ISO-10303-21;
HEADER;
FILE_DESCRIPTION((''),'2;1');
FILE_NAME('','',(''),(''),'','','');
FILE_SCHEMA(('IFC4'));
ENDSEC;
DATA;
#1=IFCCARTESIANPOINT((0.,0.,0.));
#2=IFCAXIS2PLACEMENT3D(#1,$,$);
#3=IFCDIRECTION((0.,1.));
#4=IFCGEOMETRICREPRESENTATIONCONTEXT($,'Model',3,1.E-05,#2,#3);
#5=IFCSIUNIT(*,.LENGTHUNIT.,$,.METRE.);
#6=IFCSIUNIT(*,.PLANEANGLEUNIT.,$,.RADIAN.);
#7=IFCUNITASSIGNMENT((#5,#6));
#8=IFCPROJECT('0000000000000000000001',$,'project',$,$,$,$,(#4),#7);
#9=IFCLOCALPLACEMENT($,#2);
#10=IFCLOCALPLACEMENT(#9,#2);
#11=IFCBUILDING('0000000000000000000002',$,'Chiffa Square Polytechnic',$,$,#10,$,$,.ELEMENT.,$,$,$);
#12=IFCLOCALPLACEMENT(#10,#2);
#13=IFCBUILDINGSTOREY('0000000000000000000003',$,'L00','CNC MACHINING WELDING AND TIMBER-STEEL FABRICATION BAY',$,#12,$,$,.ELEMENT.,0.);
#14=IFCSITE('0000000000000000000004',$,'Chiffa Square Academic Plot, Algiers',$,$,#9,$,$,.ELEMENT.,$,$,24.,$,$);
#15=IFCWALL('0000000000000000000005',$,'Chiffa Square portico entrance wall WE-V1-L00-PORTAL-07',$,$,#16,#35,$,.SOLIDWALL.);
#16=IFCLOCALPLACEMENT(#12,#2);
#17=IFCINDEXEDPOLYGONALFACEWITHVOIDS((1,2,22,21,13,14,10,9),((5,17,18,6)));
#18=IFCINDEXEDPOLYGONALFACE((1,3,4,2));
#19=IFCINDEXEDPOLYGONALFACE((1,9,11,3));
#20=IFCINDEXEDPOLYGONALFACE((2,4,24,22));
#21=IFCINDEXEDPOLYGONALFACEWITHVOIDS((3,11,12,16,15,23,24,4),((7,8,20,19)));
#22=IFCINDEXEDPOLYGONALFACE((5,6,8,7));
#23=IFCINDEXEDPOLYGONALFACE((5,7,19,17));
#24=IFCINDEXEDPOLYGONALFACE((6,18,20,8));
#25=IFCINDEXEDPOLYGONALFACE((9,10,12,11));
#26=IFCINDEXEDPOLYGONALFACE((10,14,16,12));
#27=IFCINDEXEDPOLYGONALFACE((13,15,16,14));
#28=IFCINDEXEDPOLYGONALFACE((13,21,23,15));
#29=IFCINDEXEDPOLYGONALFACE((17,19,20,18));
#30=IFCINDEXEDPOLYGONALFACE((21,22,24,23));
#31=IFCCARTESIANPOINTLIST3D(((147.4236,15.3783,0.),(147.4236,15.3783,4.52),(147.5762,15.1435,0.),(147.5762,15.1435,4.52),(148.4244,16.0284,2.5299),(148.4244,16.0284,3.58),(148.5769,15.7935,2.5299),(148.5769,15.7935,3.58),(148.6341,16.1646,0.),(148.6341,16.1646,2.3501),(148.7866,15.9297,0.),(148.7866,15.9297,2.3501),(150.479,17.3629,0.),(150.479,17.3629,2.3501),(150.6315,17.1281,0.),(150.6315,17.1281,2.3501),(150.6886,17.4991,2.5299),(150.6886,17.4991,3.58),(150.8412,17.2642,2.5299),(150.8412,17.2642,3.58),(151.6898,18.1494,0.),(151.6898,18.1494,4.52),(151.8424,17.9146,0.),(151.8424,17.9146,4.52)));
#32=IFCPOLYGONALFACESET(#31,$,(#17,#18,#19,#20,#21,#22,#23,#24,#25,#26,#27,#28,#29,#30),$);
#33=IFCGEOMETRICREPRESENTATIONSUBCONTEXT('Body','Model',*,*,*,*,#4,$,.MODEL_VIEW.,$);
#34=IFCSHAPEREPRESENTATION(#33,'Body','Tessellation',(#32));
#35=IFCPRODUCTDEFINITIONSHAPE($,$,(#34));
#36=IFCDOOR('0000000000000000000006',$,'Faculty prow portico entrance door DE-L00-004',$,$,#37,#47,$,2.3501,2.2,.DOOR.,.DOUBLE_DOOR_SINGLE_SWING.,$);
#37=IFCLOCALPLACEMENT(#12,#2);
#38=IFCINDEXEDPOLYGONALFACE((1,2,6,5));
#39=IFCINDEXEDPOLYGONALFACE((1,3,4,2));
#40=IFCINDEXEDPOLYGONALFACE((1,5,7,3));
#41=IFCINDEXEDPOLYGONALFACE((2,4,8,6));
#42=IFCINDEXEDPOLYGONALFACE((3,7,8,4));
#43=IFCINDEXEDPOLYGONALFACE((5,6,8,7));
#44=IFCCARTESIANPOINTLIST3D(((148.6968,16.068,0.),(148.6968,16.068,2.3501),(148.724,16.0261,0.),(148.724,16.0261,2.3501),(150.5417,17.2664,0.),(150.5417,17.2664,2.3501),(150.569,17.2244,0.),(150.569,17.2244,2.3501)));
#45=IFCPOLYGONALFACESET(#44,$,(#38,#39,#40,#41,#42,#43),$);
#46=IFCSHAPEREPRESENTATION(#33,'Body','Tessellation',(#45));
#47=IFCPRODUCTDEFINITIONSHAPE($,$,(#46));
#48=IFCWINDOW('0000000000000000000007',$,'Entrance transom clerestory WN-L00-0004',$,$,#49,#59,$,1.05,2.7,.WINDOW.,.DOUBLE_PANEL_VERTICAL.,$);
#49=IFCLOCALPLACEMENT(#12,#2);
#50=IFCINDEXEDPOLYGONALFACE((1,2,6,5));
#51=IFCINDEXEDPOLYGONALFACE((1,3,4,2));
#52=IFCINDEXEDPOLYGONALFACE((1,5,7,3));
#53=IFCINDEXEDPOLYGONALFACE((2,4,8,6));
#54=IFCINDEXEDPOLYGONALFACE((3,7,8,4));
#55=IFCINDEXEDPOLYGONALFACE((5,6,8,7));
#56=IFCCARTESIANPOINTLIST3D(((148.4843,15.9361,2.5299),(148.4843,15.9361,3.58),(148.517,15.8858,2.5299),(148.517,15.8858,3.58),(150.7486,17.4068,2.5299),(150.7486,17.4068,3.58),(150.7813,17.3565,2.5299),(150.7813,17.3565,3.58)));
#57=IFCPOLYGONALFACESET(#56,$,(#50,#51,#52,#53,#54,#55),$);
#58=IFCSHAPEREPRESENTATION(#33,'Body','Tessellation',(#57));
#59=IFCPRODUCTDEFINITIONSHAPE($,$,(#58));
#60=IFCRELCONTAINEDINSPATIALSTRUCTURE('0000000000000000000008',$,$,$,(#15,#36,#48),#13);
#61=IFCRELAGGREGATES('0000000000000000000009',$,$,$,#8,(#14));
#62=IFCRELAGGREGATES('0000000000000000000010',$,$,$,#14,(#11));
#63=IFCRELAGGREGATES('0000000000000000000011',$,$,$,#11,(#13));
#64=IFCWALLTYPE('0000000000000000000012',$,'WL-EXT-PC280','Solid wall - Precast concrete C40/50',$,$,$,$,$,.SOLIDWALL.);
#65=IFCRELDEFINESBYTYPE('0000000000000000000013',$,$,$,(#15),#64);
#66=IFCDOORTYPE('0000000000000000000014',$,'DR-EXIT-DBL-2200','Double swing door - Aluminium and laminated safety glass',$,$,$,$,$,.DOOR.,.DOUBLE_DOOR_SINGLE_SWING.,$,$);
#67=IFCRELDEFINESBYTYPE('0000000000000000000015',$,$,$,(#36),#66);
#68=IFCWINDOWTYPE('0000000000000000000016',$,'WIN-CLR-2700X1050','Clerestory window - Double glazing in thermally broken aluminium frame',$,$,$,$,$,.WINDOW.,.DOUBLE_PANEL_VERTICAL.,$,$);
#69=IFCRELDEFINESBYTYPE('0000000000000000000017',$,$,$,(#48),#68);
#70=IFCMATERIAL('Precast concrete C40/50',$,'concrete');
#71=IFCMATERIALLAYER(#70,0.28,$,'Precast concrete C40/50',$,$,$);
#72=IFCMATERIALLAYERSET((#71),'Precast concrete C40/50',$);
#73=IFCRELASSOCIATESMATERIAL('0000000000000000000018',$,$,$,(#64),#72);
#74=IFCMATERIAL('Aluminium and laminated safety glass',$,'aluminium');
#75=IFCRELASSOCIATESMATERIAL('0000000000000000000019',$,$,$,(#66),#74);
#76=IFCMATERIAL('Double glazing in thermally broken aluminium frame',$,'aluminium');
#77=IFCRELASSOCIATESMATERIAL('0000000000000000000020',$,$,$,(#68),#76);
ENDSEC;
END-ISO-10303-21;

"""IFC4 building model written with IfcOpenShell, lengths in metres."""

from ifc_helpers import new_model, si_unit, direction, frame, frame_2d, origin, place, context, subcontext, project, spatial, rectangle, extrude, material, layer, layer_set, type_object, element, fill, save


model = new_model("IFC4")

# Units and contexts
model_context = context("Model", 3, precision=1e-05, world=origin(), true_north=direction((0.0, 1.0)))
body_context = subcontext(model_context, "Body", "Model", "MODEL_VIEW")
ifc_project = project(units=[si_unit("LENGTHUNIT", "METRE"), si_unit("PLANEANGLEUNIT", "RADIAN")], contexts=[model_context])

# Site, building, storey
site_placement = place(None, origin())
site = spatial("IfcSite", under=ifc_project, at=site_placement, Name="Chiffa Square Academic Plot, Algiers", CompositionType="ELEMENT", RefElevation=24.0)
building_placement = place(site_placement, origin())
building = spatial("IfcBuilding", under=site, at=building_placement, Name="Chiffa Square Polytechnic", CompositionType="ELEMENT")
storey_placement = place(building_placement, origin())
storey = spatial("IfcBuildingStorey", under=building, at=storey_placement, Name="L00", Description="CNC MACHINING WELDING AND TIMBER-STEEL FABRICATION BAY", CompositionType="ELEMENT", Elevation=0.0)

# Wall, openings, door, window
ifc_material_1 = material(Name="Precast concrete C40/50", Category="concrete")
ifc_layer_1 = layer(ifc_material_1, 0.28, Name="Precast concrete C40/50")
ifc_layer_set_1 = layer_set([ifc_layer_1], Name="Precast concrete C40/50")
wall_type = type_object("IfcWallType", Name="WL-EXT-PC280", Description="Solid wall - Precast concrete C40/50", PredefinedType="SOLIDWALL", material=ifc_layer_set_1)
wall_placement = place(storey_placement, frame((147.5, 15.261, 0.0), z_axis=(0.0, 0.0, 1.0), x_axis=(0.838621, 0.544715, 0.0)))
wall = element("IfcWall", 1, at=wall_placement, inside=storey, type_object=wall_type, Name="Chiffa Square portico entrance wall WE-V1-L00-PORTAL-07", PredefinedType="SOLIDWALL", context=body_context, shape_type="SweptSolid", body=[
    extrude(rectangle(XDim=5.0872, YDim=0.28, at=frame_2d((2.5435, 0.0))), origin(), (0.0, 0.0, 1.0), 4.52),
])
opening_1_placement = place(wall_placement, frame((1.4431, 0.0, 0.0)))
opening_1 = element("IfcOpeningElement", 2, at=opening_1_placement, cuts=wall, PredefinedType="OPENING", context=body_context, shape_type="SweptSolid", body=[
    extrude(rectangle(XDim=2.2, YDim=2.3501, at=frame_2d((1.1001, 1.175))), frame((0.0, 0.1499, 0.0), z_axis=(0.0, -1.0, 0.0), x_axis=(1.0, 0.0, 0.0)), (0.0, 0.0, 1.0), 0.3),
])
opening_2_placement = place(wall_placement, frame((1.1931, 0.0, 2.53)))
opening_2 = element("IfcOpeningElement", 3, at=opening_2_placement, cuts=wall, PredefinedType="OPENING", context=body_context, shape_type="SweptSolid", body=[
    extrude(rectangle(XDim=2.7, YDim=1.05, at=frame_2d((1.3501, 0.5249))), frame((0.0, 0.1499, 0.0), z_axis=(0.0, -1.0, 0.0), x_axis=(1.0, 0.0, 0.0)), (0.0, 0.0, 1.0), 0.3),
])
ifc_material_2 = material(Name="Aluminium and laminated safety glass", Category="aluminium")
door_type = type_object("IfcDoorType", Name="DR-EXIT-DBL-2200", Description="Double swing door - Aluminium and laminated safety glass", OperationType="DOUBLE_DOOR_SINGLE_SWING", PredefinedType="DOOR", material=ifc_material_2)
door_placement = place(opening_1_placement, origin())
door = element("IfcDoor", 4, at=door_placement, inside=storey, type_object=door_type, Name="Faculty prow portico entrance door DE-L00-004", OperationType="DOUBLE_DOOR_SINGLE_SWING", OverallHeight=2.3501, OverallWidth=2.2, PredefinedType="DOOR", context=body_context, shape_type="SweptSolid", body=[
    extrude(rectangle(XDim=2.2, YDim=2.3501, at=frame_2d((1.1001, 1.175))), frame((0.0, 0.0249, 0.0), z_axis=(0.0, -1.0, 0.0), x_axis=(1.0, 0.0, 0.0)), (0.0, 0.0, 1.0), 0.05),
])
fill(opening_1, door)
ifc_material_3 = material(Name="Double glazing in thermally broken aluminium frame", Category="aluminium")
window_type = type_object("IfcWindowType", Name="WIN-CLR-2700X1050", Description="Clerestory window - Double glazing in thermally broken aluminium frame", PartitioningType="DOUBLE_PANEL_VERTICAL", PredefinedType="WINDOW", material=ifc_material_3)
window_placement = place(opening_2_placement, origin())
window = element("IfcWindow", 5, at=window_placement, inside=storey, type_object=window_type, Name="Entrance transom clerestory WN-L00-0004", OverallHeight=1.05, OverallWidth=2.7, PartitioningType="DOUBLE_PANEL_VERTICAL", PredefinedType="WINDOW", context=body_context, shape_type="SweptSolid", body=[
    extrude(rectangle(XDim=2.7, YDim=1.05, at=frame_2d((1.3501, 0.5249))), frame((0.0, 0.03, 0.0), z_axis=(0.0, -1.0, 0.0), x_axis=(1.0, 0.0, 0.0)), (0.0, 0.0, 1.0), 0.0601),
])
fill(opening_2, window)

save(model, "model.ifc")
